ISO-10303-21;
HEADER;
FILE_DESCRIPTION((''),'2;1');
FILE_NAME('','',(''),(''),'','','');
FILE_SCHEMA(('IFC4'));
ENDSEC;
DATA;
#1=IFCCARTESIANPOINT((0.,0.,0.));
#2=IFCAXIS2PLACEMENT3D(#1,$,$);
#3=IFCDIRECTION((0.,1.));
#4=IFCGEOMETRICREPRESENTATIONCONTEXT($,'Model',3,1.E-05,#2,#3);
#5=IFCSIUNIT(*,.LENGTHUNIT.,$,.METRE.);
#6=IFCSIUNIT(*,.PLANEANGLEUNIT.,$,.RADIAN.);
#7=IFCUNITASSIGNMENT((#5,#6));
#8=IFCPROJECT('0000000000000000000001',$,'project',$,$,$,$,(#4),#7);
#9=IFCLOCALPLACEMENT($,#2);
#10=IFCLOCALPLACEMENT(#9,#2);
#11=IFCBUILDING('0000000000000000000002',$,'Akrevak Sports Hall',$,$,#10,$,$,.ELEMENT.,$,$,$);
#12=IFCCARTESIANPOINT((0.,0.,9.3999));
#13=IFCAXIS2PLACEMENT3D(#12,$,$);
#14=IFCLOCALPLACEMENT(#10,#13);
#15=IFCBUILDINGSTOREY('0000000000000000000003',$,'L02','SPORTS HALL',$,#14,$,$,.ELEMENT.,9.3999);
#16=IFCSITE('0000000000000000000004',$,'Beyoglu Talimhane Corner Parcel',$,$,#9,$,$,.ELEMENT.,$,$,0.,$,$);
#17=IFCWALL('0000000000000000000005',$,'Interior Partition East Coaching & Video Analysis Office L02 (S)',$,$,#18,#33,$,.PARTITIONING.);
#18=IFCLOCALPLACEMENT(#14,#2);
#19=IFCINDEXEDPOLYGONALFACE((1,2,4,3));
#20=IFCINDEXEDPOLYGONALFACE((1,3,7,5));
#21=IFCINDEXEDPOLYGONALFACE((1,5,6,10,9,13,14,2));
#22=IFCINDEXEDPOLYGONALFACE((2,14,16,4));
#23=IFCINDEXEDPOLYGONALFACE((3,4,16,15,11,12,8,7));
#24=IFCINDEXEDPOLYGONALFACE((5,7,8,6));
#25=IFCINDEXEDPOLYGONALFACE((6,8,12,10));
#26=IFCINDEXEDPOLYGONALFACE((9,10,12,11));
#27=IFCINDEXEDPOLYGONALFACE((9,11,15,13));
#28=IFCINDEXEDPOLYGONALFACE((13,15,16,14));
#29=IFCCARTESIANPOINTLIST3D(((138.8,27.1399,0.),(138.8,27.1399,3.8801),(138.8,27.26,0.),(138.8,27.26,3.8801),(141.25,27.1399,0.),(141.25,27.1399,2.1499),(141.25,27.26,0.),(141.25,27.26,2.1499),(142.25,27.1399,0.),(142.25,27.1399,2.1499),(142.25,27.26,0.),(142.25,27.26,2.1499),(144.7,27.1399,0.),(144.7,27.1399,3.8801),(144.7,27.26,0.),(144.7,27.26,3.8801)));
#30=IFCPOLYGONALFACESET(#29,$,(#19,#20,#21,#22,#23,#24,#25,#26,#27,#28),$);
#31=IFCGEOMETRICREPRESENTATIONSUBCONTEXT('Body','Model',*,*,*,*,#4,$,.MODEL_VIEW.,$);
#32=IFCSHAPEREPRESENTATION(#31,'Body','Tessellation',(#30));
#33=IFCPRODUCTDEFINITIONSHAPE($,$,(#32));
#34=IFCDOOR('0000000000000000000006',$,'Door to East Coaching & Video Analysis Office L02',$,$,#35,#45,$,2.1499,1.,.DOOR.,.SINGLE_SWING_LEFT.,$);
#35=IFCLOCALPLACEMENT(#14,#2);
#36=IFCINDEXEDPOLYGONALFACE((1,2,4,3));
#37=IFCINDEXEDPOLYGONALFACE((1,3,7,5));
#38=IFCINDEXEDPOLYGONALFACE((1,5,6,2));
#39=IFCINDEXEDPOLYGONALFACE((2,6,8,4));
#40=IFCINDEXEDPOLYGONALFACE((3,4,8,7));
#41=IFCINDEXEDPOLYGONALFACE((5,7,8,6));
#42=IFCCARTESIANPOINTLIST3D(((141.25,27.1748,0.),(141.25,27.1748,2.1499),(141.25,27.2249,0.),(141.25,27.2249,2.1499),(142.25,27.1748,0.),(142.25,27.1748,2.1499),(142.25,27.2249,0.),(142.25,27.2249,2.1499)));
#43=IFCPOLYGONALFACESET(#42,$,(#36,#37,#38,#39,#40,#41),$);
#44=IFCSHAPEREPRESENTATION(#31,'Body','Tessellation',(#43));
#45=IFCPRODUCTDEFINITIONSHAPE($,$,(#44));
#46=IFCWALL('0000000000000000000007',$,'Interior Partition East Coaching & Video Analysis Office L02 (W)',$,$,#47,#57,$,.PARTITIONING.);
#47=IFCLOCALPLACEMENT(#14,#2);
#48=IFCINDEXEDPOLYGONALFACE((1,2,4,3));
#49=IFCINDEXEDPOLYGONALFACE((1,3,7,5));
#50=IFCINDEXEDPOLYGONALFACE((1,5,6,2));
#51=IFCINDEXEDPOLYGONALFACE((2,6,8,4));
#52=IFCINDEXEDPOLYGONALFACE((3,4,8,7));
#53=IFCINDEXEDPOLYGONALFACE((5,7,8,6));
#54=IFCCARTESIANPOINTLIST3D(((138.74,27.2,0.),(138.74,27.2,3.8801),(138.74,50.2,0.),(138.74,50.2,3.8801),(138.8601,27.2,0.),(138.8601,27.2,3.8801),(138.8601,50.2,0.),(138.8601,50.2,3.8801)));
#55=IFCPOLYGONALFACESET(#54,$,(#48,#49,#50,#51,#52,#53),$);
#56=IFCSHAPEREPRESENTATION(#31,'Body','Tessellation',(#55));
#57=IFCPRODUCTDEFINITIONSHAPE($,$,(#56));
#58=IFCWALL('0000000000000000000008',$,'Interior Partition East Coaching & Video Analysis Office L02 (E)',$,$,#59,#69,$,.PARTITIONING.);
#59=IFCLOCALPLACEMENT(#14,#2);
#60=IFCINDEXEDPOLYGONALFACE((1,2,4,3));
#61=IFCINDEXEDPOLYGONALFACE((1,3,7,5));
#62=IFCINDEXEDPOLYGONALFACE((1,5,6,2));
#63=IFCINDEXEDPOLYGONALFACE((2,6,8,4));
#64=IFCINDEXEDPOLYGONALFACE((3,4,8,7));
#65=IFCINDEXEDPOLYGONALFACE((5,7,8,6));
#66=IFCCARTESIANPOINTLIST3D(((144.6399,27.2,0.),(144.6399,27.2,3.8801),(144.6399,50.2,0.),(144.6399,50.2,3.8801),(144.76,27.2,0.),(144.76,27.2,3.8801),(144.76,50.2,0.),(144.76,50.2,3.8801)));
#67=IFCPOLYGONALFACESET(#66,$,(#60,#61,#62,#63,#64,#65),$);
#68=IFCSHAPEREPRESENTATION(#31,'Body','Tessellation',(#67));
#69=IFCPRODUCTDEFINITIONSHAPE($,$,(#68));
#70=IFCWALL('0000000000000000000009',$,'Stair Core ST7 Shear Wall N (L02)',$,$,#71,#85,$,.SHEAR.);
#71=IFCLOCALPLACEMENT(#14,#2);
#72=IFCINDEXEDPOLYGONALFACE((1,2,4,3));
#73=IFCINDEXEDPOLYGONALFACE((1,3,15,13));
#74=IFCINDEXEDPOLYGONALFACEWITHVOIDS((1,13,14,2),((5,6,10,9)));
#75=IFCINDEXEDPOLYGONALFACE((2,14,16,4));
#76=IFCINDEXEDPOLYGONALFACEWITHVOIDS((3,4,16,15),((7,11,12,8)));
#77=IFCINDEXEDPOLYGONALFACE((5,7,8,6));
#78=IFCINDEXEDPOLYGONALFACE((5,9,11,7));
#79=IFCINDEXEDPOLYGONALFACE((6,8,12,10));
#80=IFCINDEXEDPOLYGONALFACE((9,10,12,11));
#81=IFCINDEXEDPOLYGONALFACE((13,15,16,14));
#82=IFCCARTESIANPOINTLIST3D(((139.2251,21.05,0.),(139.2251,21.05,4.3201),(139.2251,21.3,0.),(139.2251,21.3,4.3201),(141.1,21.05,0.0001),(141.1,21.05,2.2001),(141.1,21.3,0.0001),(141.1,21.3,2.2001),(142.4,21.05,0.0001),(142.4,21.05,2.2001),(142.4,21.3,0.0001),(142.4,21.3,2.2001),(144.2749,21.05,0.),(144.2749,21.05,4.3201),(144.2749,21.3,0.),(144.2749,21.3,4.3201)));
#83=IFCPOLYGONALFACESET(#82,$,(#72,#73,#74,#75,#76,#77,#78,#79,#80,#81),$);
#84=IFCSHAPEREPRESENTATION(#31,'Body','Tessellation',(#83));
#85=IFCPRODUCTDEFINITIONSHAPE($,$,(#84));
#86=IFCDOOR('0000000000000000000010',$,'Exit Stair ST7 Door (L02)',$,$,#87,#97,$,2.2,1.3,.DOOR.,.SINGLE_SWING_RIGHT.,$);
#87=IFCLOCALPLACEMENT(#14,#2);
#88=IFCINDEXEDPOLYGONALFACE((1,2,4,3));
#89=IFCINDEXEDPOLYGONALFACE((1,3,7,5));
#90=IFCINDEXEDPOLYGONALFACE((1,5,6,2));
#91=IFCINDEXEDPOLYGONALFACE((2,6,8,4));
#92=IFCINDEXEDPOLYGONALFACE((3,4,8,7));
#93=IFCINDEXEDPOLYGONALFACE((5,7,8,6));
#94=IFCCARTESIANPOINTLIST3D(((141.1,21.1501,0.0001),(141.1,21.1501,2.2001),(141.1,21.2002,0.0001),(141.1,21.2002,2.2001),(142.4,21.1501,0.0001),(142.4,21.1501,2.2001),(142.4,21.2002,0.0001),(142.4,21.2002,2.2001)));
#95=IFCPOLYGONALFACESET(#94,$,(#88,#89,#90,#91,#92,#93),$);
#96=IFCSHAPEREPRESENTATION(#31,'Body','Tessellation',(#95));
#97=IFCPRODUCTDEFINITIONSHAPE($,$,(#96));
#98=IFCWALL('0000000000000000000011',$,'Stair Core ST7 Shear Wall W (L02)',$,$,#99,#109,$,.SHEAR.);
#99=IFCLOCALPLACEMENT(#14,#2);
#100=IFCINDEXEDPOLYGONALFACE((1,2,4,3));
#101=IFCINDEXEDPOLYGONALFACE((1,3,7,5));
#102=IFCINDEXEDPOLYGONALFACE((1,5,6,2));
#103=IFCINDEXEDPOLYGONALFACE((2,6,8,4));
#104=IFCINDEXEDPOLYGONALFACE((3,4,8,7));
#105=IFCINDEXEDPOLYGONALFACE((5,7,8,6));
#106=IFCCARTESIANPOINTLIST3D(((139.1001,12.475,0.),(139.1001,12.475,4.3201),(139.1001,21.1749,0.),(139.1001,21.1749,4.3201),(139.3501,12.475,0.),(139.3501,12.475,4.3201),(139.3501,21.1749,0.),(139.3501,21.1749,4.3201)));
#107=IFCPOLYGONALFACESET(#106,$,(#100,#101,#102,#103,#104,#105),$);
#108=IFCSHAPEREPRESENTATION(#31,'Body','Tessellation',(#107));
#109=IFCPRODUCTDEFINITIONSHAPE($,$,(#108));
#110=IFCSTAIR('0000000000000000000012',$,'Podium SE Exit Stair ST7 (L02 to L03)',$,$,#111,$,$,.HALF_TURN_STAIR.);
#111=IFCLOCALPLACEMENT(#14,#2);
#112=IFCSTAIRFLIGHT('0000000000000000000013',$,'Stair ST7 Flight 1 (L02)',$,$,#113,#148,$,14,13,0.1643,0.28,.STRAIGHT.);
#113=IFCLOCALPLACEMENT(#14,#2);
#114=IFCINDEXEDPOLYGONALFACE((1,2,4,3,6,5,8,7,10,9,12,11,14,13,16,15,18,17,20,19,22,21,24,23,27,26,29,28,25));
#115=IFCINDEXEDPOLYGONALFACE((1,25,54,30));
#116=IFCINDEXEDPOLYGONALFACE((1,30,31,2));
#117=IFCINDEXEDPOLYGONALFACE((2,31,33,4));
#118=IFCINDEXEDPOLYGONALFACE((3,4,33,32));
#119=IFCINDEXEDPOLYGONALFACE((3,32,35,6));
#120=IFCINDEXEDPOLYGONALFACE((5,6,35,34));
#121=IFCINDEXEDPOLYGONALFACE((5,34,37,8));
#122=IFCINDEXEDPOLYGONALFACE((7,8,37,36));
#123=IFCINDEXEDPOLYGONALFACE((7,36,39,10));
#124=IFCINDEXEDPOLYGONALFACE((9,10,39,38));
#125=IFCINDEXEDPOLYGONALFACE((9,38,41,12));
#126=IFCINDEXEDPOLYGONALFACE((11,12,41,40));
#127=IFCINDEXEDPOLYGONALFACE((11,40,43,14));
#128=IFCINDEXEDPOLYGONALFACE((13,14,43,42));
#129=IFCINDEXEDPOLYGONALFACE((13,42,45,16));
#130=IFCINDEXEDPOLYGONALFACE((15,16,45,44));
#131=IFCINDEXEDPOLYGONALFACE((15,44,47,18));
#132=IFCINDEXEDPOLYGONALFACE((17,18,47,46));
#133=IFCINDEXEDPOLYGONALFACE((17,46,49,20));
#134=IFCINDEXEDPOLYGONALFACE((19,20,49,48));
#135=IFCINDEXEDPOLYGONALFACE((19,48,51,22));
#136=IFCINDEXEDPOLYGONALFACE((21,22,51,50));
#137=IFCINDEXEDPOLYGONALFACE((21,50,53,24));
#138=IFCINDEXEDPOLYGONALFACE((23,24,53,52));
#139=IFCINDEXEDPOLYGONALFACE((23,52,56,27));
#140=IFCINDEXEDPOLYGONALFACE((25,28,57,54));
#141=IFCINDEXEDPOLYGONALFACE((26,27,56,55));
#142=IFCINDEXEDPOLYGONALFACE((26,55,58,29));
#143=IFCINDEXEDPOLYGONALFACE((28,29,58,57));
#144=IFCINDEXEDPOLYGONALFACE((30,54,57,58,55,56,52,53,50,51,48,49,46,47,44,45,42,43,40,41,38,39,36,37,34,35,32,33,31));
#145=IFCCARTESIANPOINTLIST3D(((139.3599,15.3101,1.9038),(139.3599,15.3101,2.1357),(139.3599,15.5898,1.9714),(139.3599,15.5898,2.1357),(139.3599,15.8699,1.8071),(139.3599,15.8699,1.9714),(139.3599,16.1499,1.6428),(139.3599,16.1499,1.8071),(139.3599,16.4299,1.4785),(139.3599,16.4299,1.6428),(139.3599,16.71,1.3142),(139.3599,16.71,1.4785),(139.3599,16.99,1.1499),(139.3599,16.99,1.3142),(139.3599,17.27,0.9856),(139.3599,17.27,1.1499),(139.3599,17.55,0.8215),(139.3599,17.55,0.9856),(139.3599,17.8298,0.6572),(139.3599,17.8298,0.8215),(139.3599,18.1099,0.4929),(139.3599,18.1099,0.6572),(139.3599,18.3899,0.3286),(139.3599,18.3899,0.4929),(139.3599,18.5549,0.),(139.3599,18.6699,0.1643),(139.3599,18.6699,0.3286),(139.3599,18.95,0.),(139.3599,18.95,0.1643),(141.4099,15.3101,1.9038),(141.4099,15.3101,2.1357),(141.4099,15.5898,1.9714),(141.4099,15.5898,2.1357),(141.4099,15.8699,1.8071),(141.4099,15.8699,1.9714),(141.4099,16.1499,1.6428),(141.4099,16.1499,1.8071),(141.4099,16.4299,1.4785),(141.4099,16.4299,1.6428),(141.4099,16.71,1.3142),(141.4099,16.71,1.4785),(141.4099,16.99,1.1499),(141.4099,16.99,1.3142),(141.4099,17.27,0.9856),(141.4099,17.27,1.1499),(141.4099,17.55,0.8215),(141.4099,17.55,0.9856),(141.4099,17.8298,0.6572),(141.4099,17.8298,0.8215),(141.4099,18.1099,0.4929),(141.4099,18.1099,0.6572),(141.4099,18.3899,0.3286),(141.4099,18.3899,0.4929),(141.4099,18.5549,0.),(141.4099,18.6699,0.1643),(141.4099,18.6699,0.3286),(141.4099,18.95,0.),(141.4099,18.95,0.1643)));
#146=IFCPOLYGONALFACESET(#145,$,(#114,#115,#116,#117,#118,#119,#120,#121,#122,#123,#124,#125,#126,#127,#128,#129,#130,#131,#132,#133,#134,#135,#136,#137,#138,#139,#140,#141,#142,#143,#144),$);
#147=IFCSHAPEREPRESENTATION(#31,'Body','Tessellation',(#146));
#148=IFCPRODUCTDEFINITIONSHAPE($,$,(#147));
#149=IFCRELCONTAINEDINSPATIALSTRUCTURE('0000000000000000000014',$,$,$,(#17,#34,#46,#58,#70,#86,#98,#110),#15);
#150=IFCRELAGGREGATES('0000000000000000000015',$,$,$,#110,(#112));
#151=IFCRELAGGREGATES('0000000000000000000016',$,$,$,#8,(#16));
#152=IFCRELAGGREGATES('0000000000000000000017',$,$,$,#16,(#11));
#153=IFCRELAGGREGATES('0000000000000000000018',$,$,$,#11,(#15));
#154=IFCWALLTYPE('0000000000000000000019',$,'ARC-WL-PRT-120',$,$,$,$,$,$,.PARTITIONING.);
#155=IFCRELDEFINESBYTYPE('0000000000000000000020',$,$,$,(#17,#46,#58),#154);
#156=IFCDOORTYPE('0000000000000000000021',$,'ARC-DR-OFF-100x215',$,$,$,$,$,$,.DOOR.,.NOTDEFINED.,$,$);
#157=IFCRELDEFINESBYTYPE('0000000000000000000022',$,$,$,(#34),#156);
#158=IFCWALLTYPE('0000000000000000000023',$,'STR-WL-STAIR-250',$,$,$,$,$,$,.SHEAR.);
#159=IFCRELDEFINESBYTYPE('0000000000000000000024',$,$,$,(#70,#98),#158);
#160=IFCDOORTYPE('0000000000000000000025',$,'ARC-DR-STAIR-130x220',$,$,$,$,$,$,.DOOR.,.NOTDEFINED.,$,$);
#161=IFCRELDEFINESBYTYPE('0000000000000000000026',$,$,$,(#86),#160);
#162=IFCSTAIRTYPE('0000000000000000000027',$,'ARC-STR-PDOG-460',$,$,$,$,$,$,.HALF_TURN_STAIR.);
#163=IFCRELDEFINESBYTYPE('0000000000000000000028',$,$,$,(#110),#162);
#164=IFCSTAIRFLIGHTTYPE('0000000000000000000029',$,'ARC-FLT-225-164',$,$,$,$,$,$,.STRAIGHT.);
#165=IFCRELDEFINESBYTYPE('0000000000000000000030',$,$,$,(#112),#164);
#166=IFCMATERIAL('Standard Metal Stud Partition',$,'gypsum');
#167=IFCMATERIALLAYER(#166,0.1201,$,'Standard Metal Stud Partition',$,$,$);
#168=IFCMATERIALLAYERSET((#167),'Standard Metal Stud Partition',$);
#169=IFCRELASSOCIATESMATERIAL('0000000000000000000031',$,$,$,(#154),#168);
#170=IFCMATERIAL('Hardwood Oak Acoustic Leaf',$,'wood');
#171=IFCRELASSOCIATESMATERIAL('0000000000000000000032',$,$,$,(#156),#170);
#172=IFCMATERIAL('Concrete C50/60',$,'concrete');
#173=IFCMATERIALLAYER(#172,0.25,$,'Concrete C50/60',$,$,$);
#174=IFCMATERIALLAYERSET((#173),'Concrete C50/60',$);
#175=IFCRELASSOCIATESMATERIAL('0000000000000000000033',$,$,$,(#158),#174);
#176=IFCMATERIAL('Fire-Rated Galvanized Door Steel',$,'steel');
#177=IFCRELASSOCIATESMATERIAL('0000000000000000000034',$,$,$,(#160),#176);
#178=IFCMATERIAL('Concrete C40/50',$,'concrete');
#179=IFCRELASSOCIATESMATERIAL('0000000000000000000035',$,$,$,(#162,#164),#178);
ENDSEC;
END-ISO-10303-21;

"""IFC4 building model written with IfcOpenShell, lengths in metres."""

from ifc_helpers import new_model, si_unit, direction, frame, frame_2d, origin, place, context, subcontext, project, spatial, polyline, rectangle, outline, extrude, material, layer, layer_set, type_object, element, fill, aggregate, save


model = new_model("IFC4")

# Units and contexts
model_context = context("Model", 3, precision=1e-05, world=origin(), true_north=direction((0.0, 1.0)))
body_context = subcontext(model_context, "Body", "Model", "MODEL_VIEW")
ifc_project = project(units=[si_unit("LENGTHUNIT", "METRE"), si_unit("PLANEANGLEUNIT", "RADIAN")], contexts=[model_context])

# Site, building, storey
site_placement = place(None, origin())
site = spatial("IfcSite", under=ifc_project, at=site_placement, Name="Beyoglu Talimhane Corner Parcel", CompositionType="ELEMENT", RefElevation=0.0)
building_placement = place(site_placement, origin())
building = spatial("IfcBuilding", under=site, at=building_placement, Name="Akrevak Sports Hall", CompositionType="ELEMENT")
storey_placement = place(building_placement, frame((0.0, 0.0, 9.3999)))
storey = spatial("IfcBuildingStorey", under=building, at=storey_placement, Name="L02", Description="SPORTS HALL", CompositionType="ELEMENT", Elevation=9.3999)

# Shared definitions
ifc_material_1 = material(Name="Concrete C40/50", Category="concrete")

# Shared definitions
ifc_material_2 = material(Name="Concrete C50/60", Category="concrete")

# Wall, opening, door
ifc_material_3 = material(Name="Standard Metal Stud Partition", Category="gypsum")
ifc_layer_1 = layer(ifc_material_3, 0.1201, Name="Standard Metal Stud Partition")
ifc_layer_set_1 = layer_set([ifc_layer_1], Name="Standard Metal Stud Partition")
wall_type_1 = type_object("IfcWallType", Name="ARC-WL-PRT-120", PredefinedType="PARTITIONING", material=ifc_layer_set_1)
wall_1_placement = place(storey_placement, frame((138.8, 27.2, 0.0), z_axis=(0.0, 0.0, 1.0), x_axis=(1.0, 0.0, 0.0)))
wall_1 = element("IfcWall", 1, at=wall_1_placement, inside=storey, type_object=wall_type_1, Name="Interior Partition East Coaching & Video Analysis Office L02 (S)", PredefinedType="PARTITIONING", context=body_context, shape_type="SweptSolid", body=[
    extrude(rectangle(XDim=5.8999, YDim=0.1201, at=frame_2d((2.95, 0.0))), origin(), (0.0, 0.0, 1.0), 3.8801),
])
opening_1_placement = place(wall_1_placement, frame((2.45, 0.0, 0.0)))
opening_1 = element("IfcOpeningElement", 2, at=opening_1_placement, cuts=wall_1, PredefinedType="OPENING", context=body_context, shape_type="SweptSolid", body=[
    extrude(rectangle(XDim=1.0, YDim=2.1499, at=frame_2d((0.5, 1.075))), frame((0.0, 0.072, 0.0), z_axis=(0.0, -1.0, 0.0), x_axis=(1.0, 0.0, 0.0)), (0.0, 0.0, 1.0), 0.144),
])
ifc_material_4 = material(Name="Hardwood Oak Acoustic Leaf", Category="wood")
door_type_1 = type_object("IfcDoorType", Name="ARC-DR-OFF-100x215", OperationType="NOTDEFINED", PredefinedType="DOOR", material=ifc_material_4)
door_1_placement = place(opening_1_placement, origin())
door_1 = element("IfcDoor", 3, at=door_1_placement, inside=storey, type_object=door_type_1, Name="Door to East Coaching & Video Analysis Office L02", OperationType="SINGLE_SWING_LEFT", OverallHeight=2.1499, OverallWidth=1.0, PredefinedType="DOOR", context=body_context, shape_type="SweptSolid", body=[
    extrude(rectangle(XDim=1.0, YDim=2.1499, at=frame_2d((0.5, 1.075))), frame((0.0, 0.0249, 0.0), z_axis=(0.0, -1.0, 0.0), x_axis=(1.0, 0.0, 0.0)), (0.0, 0.0, 1.0), 0.05),
])
fill(opening_1, door_1)

# Walls
for number, where, z_axis, x_axis, name in (
    (4, (138.8, 27.2, 0.0), (0.0, 0.0, 1.0), (0.0, 1.0, 0.0), "Interior Partition East Coaching & Video Analysis Office L02 (W)"),
    (5, (144.7, 27.2, 0.0), (0.0, 0.0, 1.0), (0.0, 1.0, 0.0), "Interior Partition East Coaching & Video Analysis Office L02 (E)"),
):
    element("IfcWall", number, at=place(storey_placement, frame(where, z_axis=z_axis, x_axis=x_axis)), inside=storey, type_object=wall_type_1, Name=name, PredefinedType="PARTITIONING", context=body_context, shape_type="SweptSolid", body=[
        extrude(rectangle(XDim=23.0, YDim=0.1201, at=frame_2d((11.5, 0.0))), origin(), (0.0, 0.0, 1.0), 3.8801),
    ])

# Wall, opening, door
ifc_layer_2 = layer(ifc_material_2, 0.25, Name="Concrete C50/60")
ifc_layer_set_2 = layer_set([ifc_layer_2], Name="Concrete C50/60")
wall_type_2 = type_object("IfcWallType", Name="STR-WL-STAIR-250", PredefinedType="SHEAR", material=ifc_layer_set_2)
wall_2_placement = place(storey_placement, frame((144.2749, 21.175, 0.0), z_axis=(0.0, 0.0, 1.0), x_axis=(-1.0, 0.0, 0.0)))
wall_2 = element("IfcWall", 6, at=wall_2_placement, inside=storey, type_object=wall_type_2, Name="Stair Core ST7 Shear Wall N (L02)", PredefinedType="SHEAR", context=body_context, shape_type="SweptSolid", body=[
    extrude(rectangle(XDim=5.0498, YDim=0.25, at=frame_2d((2.5249, 0.0))), origin(), (0.0, 0.0, 1.0), 4.3201),
])
opening_2_placement = place(wall_2_placement, frame((1.875, 0.0, 0.0)))
opening_2 = element("IfcOpeningElement", 7, at=opening_2_placement, cuts=wall_2, PredefinedType="OPENING", context=body_context, shape_type="SweptSolid", body=[
    extrude(rectangle(XDim=1.3, YDim=2.2, at=frame_2d((0.6499, 1.1001))), frame((0.0, 0.137, 0.0), z_axis=(0.0, -1.0, 0.0), x_axis=(1.0, 0.0, 0.0)), (0.0, 0.0, 1.0), 0.2739),
])
ifc_material_5 = material(Name="Fire-Rated Galvanized Door Steel", Category="steel")
door_type_2 = type_object("IfcDoorType", Name="ARC-DR-STAIR-130x220", OperationType="NOTDEFINED", PredefinedType="DOOR", material=ifc_material_5)
door_2_placement = place(opening_2_placement, origin())
door_2 = element("IfcDoor", 8, at=door_2_placement, inside=storey, type_object=door_type_2, Name="Exit Stair ST7 Door (L02)", OperationType="SINGLE_SWING_RIGHT", OverallHeight=2.2, OverallWidth=1.3, PredefinedType="DOOR", context=body_context, shape_type="SweptSolid", body=[
    extrude(rectangle(XDim=1.3, YDim=2.2, at=frame_2d((0.6499, 1.1001))), frame((0.0, 0.0249, 0.0), z_axis=(0.0, -1.0, 0.0), x_axis=(1.0, 0.0, 0.0)), (0.0, 0.0, 1.0), 0.05),
])
fill(opening_2, door_2)

# Wall
wall_3_placement = place(storey_placement, frame((139.2251, 21.175, 0.0), z_axis=(0.0, 0.0, 1.0), x_axis=(0.0, -1.0, 0.0)))
element("IfcWall", 9, at=wall_3_placement, inside=storey, type_object=wall_type_2, Name="Stair Core ST7 Shear Wall W (L02)", PredefinedType="SHEAR", context=body_context, shape_type="SweptSolid", body=[
    extrude(rectangle(XDim=8.7, YDim=0.25, at=frame_2d((4.3501, 0.0))), origin(), (0.0, 0.0, 1.0), 4.3201),
])

# Stair, stair flight
stair_type = type_object("IfcStairType", Name="ARC-STR-PDOG-460", PredefinedType="HALF_TURN_STAIR", material=ifc_material_1)
stair_placement = place(storey_placement, origin())
stair = element("IfcStair", 10, at=stair_placement, inside=storey, type_object=stair_type, Name="Podium SE Exit Stair ST7 (L02 to L03)", PredefinedType="HALF_TURN_STAIR")
stair_flight_type = type_object("IfcStairFlightType", Name="ARC-FLT-225-164", PredefinedType="STRAIGHT", material=ifc_material_1)
stair_flight_placement = place(storey_placement, frame((140.385, 18.95, 0.0), z_axis=(0.0, 0.0, 1.0), x_axis=(0.0, -1.0, 0.0)))
stair_flight = element("IfcStairFlight", 11, at=stair_flight_placement, type_object=stair_flight_type, Name="Stair ST7 Flight 1 (L02)", NumberOfRisers=14, NumberOfTreads=13, PredefinedType="STRAIGHT", RiserHeight=0.1643, TreadLength=0.28, context=body_context, shape_type="SweptSolid", body=[
    extrude(outline(polyline([(0.0, 0.0), (0.0, 0.1643), (0.28, 0.1643), (0.28, 0.3286), (0.5601, 0.3286), (0.5601, 0.4929), (0.8401, 0.4929), (0.8401, 0.6572), (1.1201, 0.6572), (1.1201, 0.8215), (1.3999, 0.8215), (1.3999, 0.9856), (1.6799, 0.9856), (1.6799, 1.1499), (1.96, 1.1499), (1.96, 1.3142), (2.24, 1.3142), (2.24, 1.4785), (2.52, 1.4785), (2.52, 1.6428), (2.8, 1.6428), (2.8, 1.8071), (3.0801, 1.8071), (3.0801, 1.9714), (3.3601, 1.9714), (3.3601, 2.1357), (3.6399, 2.1357), (3.6399, 2.3), (3.6399, 1.9038), (0.395, 0.0), (0.0, 0.0)])), frame((0.0, 1.0249, 0.0), z_axis=(0.0, -1.0, 0.0), x_axis=(1.0, 0.0, 0.0)), (0.0, 0.0, 1.0), 2.05),
])
aggregate(stair, [stair_flight])

save(model, "model.ifc")
